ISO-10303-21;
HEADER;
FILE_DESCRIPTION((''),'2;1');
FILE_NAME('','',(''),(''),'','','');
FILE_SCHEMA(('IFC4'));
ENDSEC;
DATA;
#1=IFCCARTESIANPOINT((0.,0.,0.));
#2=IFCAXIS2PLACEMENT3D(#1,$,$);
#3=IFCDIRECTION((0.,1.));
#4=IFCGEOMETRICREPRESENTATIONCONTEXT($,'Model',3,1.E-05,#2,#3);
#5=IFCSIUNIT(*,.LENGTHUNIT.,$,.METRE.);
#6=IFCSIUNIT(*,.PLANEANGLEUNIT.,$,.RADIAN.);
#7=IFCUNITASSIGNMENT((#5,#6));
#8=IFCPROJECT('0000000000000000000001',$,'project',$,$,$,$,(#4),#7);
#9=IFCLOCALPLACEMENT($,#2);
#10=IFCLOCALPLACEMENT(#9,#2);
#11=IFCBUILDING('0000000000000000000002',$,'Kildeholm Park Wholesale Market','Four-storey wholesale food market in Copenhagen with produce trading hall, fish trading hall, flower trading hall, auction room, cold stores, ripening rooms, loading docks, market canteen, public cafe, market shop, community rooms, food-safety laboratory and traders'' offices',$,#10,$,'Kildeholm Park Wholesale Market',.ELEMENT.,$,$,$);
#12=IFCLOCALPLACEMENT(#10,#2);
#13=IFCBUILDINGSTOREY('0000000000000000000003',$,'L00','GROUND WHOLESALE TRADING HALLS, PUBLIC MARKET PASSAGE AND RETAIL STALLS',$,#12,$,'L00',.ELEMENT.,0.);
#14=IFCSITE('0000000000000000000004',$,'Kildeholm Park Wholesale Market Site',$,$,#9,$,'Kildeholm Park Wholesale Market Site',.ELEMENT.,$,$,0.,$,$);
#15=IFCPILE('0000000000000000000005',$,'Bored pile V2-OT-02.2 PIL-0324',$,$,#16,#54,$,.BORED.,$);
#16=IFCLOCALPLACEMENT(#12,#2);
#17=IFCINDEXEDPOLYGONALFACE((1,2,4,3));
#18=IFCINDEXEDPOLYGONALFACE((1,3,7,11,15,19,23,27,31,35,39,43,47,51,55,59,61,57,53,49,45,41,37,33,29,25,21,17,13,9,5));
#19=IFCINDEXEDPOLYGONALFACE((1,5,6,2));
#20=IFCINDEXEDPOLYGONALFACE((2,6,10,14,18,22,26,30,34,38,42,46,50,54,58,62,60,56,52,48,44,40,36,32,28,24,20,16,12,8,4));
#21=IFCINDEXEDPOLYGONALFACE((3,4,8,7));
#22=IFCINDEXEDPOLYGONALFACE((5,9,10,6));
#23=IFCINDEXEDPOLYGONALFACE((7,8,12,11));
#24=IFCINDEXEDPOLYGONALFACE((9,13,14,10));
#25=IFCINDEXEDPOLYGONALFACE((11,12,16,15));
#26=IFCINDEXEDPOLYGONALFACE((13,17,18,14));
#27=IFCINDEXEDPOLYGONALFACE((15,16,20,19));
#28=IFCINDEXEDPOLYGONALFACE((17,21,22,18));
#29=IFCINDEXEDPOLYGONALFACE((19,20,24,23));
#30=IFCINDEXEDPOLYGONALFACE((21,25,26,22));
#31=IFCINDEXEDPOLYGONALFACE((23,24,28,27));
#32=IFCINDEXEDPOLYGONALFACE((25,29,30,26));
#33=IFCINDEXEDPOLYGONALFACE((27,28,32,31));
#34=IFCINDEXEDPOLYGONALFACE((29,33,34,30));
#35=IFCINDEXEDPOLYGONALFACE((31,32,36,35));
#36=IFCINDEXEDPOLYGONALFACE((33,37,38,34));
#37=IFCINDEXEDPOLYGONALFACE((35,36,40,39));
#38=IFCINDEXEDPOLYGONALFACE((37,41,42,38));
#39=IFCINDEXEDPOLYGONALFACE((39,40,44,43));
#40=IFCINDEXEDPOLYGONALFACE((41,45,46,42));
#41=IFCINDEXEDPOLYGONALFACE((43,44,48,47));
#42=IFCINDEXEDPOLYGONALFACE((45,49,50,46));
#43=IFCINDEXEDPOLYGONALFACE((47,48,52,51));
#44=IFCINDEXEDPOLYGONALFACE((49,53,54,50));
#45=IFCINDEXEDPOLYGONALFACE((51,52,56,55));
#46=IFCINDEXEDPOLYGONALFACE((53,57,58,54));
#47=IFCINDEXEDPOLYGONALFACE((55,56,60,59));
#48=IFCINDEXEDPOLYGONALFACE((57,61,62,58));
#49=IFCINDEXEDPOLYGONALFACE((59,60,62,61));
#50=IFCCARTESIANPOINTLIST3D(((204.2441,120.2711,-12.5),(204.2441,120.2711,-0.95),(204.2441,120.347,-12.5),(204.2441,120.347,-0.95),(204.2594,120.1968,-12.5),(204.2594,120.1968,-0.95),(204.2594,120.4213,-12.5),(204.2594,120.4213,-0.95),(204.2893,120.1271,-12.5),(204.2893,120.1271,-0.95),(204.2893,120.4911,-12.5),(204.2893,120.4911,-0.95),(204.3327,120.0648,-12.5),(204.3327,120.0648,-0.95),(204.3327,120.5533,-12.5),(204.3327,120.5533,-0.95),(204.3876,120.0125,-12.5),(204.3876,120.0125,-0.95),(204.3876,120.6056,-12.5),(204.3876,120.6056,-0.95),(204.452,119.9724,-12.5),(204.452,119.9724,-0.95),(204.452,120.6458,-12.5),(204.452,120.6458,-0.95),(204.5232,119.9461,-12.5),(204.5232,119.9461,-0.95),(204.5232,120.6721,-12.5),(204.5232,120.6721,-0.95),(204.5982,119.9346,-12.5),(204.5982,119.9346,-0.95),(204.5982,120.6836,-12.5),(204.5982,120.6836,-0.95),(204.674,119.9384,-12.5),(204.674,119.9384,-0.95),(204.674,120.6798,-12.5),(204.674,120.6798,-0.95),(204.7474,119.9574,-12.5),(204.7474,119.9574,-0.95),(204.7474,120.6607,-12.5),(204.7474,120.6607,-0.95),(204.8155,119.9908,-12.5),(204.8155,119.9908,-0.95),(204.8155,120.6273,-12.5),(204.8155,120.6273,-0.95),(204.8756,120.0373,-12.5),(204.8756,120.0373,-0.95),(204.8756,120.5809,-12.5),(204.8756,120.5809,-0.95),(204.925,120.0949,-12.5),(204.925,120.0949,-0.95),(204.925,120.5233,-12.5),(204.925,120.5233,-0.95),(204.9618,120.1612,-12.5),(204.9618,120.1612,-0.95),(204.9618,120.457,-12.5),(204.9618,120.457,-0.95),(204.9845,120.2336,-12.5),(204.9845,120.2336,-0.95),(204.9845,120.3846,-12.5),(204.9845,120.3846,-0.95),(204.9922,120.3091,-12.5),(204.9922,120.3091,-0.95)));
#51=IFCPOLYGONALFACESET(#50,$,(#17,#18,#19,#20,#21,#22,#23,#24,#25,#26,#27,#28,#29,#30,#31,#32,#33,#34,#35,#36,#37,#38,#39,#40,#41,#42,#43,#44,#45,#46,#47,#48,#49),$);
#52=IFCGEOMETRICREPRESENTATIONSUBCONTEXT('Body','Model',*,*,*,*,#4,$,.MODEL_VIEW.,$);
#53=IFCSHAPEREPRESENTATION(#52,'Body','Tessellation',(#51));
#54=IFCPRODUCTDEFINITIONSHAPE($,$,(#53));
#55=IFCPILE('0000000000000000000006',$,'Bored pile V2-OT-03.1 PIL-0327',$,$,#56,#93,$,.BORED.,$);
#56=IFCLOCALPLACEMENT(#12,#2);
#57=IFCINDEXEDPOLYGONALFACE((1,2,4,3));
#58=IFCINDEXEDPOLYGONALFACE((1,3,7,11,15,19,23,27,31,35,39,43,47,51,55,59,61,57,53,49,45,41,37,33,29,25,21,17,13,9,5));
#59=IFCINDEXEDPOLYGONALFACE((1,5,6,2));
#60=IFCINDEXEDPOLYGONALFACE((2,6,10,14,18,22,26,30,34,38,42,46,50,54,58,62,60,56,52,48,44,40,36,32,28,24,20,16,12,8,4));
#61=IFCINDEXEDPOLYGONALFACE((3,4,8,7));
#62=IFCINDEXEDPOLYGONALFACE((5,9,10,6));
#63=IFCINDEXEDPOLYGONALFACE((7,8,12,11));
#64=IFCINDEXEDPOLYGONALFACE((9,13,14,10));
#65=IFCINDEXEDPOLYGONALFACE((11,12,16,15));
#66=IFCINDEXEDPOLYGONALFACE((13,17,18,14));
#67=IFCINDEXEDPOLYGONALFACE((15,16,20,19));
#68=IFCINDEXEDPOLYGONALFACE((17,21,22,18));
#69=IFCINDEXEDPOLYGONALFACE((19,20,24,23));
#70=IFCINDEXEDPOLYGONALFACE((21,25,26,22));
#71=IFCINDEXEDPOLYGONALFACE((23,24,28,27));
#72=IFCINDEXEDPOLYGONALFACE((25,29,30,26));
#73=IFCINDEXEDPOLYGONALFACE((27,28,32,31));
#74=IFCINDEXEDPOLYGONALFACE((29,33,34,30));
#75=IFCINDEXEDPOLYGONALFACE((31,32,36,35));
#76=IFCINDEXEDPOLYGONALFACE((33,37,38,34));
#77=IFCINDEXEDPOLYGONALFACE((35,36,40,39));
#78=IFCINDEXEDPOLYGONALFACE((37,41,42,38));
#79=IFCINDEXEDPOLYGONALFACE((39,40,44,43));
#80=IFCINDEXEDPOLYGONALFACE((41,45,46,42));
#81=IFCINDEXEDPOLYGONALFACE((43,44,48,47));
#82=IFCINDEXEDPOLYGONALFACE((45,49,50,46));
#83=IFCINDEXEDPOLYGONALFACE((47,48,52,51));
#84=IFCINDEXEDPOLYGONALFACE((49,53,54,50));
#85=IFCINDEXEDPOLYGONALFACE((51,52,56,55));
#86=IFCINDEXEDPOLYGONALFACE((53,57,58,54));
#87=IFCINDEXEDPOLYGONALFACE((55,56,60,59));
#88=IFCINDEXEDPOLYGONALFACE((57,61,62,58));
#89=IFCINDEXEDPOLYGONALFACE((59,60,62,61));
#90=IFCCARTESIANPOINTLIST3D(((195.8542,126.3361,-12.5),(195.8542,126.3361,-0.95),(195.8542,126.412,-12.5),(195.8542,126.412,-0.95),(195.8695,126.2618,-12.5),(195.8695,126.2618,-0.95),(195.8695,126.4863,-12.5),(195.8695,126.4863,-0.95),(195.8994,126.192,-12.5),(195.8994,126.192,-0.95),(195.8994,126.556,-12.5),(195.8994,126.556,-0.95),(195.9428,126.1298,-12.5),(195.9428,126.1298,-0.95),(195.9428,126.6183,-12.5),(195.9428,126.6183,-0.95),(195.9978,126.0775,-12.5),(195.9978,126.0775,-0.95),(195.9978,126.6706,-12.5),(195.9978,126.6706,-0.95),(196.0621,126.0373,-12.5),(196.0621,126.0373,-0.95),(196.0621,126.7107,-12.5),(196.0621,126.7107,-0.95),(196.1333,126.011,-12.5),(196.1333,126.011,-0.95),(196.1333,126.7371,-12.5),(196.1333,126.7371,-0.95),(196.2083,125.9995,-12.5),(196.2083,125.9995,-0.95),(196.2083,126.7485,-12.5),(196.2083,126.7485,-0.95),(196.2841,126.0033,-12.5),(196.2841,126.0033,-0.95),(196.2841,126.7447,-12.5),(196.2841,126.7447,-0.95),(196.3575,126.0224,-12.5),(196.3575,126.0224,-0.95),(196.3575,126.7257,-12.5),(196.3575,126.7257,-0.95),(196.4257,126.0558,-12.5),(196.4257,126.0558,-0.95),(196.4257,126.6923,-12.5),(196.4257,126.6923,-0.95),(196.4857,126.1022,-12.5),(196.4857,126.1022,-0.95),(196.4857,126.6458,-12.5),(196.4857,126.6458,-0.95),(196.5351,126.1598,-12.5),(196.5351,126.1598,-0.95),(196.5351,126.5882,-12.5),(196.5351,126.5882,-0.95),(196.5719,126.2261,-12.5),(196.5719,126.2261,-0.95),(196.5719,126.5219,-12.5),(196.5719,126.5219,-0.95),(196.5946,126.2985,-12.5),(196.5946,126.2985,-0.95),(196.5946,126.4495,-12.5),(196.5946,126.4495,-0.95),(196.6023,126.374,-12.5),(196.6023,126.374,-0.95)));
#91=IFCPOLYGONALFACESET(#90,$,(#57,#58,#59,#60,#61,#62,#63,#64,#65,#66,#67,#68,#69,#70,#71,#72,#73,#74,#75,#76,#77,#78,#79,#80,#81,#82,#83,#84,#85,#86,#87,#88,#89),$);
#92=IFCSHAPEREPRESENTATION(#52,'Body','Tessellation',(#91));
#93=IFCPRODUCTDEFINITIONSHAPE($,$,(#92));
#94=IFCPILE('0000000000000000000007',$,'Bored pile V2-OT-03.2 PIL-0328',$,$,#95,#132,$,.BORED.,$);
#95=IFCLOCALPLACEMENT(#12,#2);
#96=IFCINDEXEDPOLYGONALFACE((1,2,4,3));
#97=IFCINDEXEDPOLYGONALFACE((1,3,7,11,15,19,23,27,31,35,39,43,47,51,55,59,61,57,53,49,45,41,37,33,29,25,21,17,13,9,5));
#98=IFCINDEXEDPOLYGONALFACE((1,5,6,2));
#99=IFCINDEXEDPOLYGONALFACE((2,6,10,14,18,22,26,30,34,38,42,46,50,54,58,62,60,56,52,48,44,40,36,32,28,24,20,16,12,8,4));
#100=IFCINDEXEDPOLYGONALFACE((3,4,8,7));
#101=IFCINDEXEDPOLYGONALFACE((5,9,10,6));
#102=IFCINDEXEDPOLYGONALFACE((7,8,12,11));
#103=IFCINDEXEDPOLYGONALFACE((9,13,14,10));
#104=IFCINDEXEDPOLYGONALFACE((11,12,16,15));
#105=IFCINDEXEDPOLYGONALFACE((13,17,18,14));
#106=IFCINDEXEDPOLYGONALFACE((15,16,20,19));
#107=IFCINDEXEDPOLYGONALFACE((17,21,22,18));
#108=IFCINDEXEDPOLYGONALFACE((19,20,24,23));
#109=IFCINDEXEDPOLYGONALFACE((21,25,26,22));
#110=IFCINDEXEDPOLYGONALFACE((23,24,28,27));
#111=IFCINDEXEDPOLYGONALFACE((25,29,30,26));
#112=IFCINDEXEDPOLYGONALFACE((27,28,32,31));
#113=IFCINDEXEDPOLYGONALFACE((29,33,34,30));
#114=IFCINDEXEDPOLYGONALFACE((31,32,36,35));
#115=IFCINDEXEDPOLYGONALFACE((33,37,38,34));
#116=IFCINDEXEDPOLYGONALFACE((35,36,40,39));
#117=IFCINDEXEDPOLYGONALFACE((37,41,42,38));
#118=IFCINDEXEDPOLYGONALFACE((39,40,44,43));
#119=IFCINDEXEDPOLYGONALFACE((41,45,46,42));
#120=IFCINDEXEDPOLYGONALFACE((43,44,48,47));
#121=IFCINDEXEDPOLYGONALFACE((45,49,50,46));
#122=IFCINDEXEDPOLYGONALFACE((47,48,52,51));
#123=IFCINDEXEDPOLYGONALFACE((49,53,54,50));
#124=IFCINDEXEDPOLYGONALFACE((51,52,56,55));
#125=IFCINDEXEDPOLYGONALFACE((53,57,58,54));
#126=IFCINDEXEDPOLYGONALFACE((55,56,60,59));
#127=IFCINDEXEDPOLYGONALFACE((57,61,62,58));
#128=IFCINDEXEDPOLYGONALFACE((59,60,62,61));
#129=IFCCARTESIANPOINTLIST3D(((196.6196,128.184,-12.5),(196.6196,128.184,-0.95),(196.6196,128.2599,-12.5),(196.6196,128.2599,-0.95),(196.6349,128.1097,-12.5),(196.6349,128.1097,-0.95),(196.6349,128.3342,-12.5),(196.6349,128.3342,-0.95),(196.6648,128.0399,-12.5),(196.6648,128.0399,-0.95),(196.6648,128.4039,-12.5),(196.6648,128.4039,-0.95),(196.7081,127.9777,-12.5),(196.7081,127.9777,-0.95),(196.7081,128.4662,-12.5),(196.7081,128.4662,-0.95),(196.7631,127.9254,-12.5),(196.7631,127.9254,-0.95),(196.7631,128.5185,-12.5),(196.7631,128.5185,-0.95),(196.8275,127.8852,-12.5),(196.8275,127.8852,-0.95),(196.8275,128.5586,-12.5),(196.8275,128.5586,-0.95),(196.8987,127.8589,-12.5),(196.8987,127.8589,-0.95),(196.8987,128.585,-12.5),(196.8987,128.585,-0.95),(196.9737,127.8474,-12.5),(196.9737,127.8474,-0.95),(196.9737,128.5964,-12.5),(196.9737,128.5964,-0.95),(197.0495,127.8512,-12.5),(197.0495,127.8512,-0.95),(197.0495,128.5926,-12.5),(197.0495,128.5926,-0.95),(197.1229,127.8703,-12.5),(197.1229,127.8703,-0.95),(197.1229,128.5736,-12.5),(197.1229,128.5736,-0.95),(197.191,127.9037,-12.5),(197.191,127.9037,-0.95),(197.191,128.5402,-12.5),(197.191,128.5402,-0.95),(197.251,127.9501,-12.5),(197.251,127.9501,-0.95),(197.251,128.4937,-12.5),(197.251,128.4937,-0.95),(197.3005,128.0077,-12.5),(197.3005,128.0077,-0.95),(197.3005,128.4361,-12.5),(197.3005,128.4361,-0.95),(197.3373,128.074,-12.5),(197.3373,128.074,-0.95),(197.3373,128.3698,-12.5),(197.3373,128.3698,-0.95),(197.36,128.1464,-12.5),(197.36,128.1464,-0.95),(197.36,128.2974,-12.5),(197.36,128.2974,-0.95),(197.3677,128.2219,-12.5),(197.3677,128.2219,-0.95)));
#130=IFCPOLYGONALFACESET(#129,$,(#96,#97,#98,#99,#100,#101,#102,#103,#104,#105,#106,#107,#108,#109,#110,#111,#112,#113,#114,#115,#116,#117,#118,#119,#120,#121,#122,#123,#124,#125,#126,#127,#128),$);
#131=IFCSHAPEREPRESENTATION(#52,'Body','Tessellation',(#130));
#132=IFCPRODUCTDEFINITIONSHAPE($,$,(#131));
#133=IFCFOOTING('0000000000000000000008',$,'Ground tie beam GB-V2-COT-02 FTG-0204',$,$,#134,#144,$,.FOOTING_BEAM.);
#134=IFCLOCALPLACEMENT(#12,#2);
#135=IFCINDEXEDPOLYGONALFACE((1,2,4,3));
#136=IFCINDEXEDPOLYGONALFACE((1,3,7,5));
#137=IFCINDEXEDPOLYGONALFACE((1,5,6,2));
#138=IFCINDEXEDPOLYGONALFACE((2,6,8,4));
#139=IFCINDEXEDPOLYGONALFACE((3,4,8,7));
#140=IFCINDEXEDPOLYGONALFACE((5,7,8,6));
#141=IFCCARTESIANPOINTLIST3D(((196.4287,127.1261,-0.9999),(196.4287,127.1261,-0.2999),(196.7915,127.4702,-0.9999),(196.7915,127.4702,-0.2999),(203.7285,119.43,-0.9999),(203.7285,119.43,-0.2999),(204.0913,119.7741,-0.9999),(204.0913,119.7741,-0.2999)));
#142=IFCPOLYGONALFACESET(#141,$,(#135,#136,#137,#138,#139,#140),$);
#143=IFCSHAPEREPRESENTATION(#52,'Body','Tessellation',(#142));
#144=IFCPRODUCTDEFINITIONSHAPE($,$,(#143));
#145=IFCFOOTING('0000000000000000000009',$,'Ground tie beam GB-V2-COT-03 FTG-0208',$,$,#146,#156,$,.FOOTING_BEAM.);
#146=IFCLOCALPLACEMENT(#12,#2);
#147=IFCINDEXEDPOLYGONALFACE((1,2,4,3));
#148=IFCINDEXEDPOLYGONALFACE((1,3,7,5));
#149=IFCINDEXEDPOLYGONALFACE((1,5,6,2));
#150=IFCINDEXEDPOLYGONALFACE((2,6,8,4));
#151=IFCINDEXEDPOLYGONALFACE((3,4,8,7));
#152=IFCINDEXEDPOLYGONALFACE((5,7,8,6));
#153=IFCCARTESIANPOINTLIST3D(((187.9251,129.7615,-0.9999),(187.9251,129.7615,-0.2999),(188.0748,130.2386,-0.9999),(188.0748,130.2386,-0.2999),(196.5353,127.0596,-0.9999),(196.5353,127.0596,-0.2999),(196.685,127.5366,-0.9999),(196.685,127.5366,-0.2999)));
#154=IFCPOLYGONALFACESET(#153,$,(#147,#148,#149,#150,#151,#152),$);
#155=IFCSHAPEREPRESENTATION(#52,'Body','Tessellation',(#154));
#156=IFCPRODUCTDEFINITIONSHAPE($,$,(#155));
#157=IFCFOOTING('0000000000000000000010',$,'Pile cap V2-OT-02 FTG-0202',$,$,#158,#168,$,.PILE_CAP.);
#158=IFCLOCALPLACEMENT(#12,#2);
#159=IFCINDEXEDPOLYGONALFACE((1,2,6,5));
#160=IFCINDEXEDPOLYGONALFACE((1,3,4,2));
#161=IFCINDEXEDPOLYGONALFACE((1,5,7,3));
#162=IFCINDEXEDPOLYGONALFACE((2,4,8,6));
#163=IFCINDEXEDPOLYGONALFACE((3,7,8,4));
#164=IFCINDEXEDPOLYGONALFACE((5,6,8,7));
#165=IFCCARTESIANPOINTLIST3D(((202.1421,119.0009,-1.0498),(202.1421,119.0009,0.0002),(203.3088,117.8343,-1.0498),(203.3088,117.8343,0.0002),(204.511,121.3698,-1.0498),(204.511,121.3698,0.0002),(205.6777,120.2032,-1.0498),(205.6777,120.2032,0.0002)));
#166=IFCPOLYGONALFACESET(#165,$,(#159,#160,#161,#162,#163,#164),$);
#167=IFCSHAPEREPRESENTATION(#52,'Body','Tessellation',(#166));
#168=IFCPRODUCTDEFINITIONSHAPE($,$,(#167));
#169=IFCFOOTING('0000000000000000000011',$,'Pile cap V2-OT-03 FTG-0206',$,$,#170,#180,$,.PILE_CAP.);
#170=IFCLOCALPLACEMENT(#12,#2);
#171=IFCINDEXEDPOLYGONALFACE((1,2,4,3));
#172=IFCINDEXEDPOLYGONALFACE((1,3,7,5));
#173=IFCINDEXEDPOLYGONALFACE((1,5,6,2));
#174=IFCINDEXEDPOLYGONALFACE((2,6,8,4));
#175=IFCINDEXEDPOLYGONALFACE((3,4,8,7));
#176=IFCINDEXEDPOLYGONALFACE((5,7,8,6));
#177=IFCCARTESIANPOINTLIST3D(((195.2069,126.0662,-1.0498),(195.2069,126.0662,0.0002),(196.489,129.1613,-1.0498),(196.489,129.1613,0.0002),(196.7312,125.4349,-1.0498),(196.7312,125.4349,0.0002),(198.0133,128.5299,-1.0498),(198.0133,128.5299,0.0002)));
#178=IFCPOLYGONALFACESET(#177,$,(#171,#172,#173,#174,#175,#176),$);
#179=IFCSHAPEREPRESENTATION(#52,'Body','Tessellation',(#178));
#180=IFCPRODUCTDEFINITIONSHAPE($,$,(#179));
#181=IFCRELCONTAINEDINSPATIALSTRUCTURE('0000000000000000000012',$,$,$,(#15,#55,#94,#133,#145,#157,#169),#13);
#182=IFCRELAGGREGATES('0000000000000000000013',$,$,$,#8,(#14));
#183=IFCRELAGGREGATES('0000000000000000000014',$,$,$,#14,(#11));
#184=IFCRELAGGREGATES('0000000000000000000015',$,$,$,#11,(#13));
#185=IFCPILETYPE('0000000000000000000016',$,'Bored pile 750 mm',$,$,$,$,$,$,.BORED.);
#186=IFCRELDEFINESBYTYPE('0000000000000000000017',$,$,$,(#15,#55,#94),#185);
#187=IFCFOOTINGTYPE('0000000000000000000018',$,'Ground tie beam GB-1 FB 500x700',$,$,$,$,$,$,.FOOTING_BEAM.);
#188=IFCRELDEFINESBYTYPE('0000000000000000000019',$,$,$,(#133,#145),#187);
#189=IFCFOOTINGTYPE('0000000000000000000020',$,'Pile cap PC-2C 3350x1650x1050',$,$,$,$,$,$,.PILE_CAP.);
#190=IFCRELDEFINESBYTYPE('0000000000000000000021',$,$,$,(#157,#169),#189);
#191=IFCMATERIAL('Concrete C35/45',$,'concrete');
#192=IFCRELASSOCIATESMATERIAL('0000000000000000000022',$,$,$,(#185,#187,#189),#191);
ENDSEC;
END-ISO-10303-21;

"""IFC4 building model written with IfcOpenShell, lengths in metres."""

from ifc_helpers import new_model, si_unit, direction, frame, origin, origin_2d, place, context, subcontext, project, spatial, rectangle, circle, extrude, material, material_profile, profile_set, type_object, element, save


model = new_model("IFC4")

# Units and contexts
model_context = context("Model", 3, precision=1e-05, world=origin(), true_north=direction((0.0, 1.0)))
body_context = subcontext(model_context, "Body", "Model", "MODEL_VIEW")
ifc_project = project(units=[si_unit("LENGTHUNIT", "METRE"), si_unit("PLANEANGLEUNIT", "RADIAN")], contexts=[model_context])

# Site, building, storey
site_placement = place(None, origin())
site = spatial("IfcSite", under=ifc_project, at=site_placement, Name="Kildeholm Park Wholesale Market Site", LongName="Kildeholm Park Wholesale Market Site", CompositionType="ELEMENT", RefElevation=0.0)
building_placement = place(site_placement, origin())
building = spatial("IfcBuilding", under=site, at=building_placement, Name="Kildeholm Park Wholesale Market", Description="Four-storey wholesale food market in Copenhagen with produce trading hall, fish trading hall, flower trading hall, auction room, cold stores, ripening rooms, loading docks, market canteen, public cafe, market shop, community rooms, food-safety laboratory and traders' offices", LongName="Kildeholm Park Wholesale Market", CompositionType="ELEMENT")
storey_placement = place(building_placement, origin())
storey = spatial("IfcBuildingStorey", under=building, at=storey_placement, Name="L00", Description="GROUND WHOLESALE TRADING HALLS, PUBLIC MARKET PASSAGE AND RETAIL STALLS", LongName="L00", CompositionType="ELEMENT", Elevation=0.0)

# Piles
ifc_material_1 = material(Name="Concrete C35/45", Category="concrete")
ifc_material_profile_1 = material_profile(ifc_material_1, circle(Radius=0.375, at=origin_2d()), Name="PILE D750")
ifc_profile_set_1 = profile_set([ifc_material_profile_1], Name="Concrete C35/45")
pile_type = type_object("IfcPileType", Name="Bored pile 750 mm", PredefinedType="BORED", material=ifc_profile_set_1)
for number, where, z_axis, x_axis, name in (
    (1, (204.6172, 120.3091, -0.95), (0.0, 0.0, -1.0), (1.0, 0.0, 0.0), "Bored pile V2-OT-02.2 PIL-0324"),
    (2, (196.2273, 126.374, -0.95), (0.0, 0.0, -1.0), (1.0, 0.0, 0.0), "Bored pile V2-OT-03.1 PIL-0327"),
    (3, (196.9927, 128.2219, -0.95), (0.0, 0.0, -1.0), (1.0, 0.0, 0.0), "Bored pile V2-OT-03.2 PIL-0328"),
):
    element("IfcPile", number, at=place(storey_placement, frame(where, z_axis=z_axis, x_axis=x_axis)), inside=storey, type_object=pile_type, Name=name, PredefinedType="BORED", context=body_context, shape_type="SweptSolid", body=[
        extrude(circle(Radius=0.375, at=origin_2d()), origin(), (0.0, 0.0, 1.0), 11.55),
    ])

# Footings
ifc_material_profile_2 = material_profile(ifc_material_1, rectangle(XDim=0.5, YDim=0.7, at=origin_2d()), Name="FB 500x700")
ifc_profile_set_2 = profile_set([ifc_material_profile_2], Name="Concrete C35/45")
footing_type_1 = type_object("IfcFootingType", Name="Ground tie beam GB-1 FB 500x700", PredefinedType="FOOTING_BEAM", material=ifc_profile_set_2)
footing_1_placement = place(storey_placement, frame((203.9099, 119.6021, -0.6499), z_axis=(-0.688182, 0.725538, 0.0), x_axis=(-0.725538, -0.688182, 0.0)))
element("IfcFooting", 4, at=footing_1_placement, inside=storey, type_object=footing_type_1, Name="Ground tie beam GB-V2-COT-02 FTG-0204", PredefinedType="FOOTING_BEAM", context=body_context, shape_type="SweptSolid", body=[
    extrude(rectangle(XDim=0.5, YDim=0.7, at=origin_2d()), origin(), (0.0, 0.0, 1.0), 10.6074),
])
footing_2_placement = place(storey_placement, frame((196.6101, 127.2981, -0.6499), z_axis=(-0.954125, 0.29941, 0.0), x_axis=(-0.29941, -0.954125, 0.0)))
element("IfcFooting", 5, at=footing_2_placement, inside=storey, type_object=footing_type_1, Name="Ground tie beam GB-V2-COT-03 FTG-0208", PredefinedType="FOOTING_BEAM", context=body_context, shape_type="SweptSolid", body=[
    extrude(rectangle(XDim=0.5, YDim=0.7, at=origin_2d()), origin(), (0.0, 0.0, 1.0), 9.0242),
])
footing_type_2 = type_object("IfcFootingType", Name="Pile cap PC-2C 3350x1650x1050", PredefinedType="PILE_CAP", material=ifc_material_1)
for number, where, z_axis, x_axis, name in (
    (6, (203.9099, 119.6021, -1.0498), (0.0, 0.0, 1.0), (0.707107, 0.707107, 0.0), "Pile cap V2-OT-02 FTG-0202"),
    (7, (196.6101, 127.2981, -1.0498), (0.0, 0.0, 1.0), (0.382683, 0.92388, 0.0), "Pile cap V2-OT-03 FTG-0206"),
):
    element("IfcFooting", number, at=place(storey_placement, frame(where, z_axis=z_axis, x_axis=x_axis)), inside=storey, type_object=footing_type_2, Name=name, PredefinedType="PILE_CAP", context=body_context, shape_type="SweptSolid", body=[
        extrude(rectangle(XDim=3.3501, YDim=1.6499, at=origin_2d()), origin(), (0.0, 0.0, 1.0), 1.05),
    ])

save(model, "model.ifc")
